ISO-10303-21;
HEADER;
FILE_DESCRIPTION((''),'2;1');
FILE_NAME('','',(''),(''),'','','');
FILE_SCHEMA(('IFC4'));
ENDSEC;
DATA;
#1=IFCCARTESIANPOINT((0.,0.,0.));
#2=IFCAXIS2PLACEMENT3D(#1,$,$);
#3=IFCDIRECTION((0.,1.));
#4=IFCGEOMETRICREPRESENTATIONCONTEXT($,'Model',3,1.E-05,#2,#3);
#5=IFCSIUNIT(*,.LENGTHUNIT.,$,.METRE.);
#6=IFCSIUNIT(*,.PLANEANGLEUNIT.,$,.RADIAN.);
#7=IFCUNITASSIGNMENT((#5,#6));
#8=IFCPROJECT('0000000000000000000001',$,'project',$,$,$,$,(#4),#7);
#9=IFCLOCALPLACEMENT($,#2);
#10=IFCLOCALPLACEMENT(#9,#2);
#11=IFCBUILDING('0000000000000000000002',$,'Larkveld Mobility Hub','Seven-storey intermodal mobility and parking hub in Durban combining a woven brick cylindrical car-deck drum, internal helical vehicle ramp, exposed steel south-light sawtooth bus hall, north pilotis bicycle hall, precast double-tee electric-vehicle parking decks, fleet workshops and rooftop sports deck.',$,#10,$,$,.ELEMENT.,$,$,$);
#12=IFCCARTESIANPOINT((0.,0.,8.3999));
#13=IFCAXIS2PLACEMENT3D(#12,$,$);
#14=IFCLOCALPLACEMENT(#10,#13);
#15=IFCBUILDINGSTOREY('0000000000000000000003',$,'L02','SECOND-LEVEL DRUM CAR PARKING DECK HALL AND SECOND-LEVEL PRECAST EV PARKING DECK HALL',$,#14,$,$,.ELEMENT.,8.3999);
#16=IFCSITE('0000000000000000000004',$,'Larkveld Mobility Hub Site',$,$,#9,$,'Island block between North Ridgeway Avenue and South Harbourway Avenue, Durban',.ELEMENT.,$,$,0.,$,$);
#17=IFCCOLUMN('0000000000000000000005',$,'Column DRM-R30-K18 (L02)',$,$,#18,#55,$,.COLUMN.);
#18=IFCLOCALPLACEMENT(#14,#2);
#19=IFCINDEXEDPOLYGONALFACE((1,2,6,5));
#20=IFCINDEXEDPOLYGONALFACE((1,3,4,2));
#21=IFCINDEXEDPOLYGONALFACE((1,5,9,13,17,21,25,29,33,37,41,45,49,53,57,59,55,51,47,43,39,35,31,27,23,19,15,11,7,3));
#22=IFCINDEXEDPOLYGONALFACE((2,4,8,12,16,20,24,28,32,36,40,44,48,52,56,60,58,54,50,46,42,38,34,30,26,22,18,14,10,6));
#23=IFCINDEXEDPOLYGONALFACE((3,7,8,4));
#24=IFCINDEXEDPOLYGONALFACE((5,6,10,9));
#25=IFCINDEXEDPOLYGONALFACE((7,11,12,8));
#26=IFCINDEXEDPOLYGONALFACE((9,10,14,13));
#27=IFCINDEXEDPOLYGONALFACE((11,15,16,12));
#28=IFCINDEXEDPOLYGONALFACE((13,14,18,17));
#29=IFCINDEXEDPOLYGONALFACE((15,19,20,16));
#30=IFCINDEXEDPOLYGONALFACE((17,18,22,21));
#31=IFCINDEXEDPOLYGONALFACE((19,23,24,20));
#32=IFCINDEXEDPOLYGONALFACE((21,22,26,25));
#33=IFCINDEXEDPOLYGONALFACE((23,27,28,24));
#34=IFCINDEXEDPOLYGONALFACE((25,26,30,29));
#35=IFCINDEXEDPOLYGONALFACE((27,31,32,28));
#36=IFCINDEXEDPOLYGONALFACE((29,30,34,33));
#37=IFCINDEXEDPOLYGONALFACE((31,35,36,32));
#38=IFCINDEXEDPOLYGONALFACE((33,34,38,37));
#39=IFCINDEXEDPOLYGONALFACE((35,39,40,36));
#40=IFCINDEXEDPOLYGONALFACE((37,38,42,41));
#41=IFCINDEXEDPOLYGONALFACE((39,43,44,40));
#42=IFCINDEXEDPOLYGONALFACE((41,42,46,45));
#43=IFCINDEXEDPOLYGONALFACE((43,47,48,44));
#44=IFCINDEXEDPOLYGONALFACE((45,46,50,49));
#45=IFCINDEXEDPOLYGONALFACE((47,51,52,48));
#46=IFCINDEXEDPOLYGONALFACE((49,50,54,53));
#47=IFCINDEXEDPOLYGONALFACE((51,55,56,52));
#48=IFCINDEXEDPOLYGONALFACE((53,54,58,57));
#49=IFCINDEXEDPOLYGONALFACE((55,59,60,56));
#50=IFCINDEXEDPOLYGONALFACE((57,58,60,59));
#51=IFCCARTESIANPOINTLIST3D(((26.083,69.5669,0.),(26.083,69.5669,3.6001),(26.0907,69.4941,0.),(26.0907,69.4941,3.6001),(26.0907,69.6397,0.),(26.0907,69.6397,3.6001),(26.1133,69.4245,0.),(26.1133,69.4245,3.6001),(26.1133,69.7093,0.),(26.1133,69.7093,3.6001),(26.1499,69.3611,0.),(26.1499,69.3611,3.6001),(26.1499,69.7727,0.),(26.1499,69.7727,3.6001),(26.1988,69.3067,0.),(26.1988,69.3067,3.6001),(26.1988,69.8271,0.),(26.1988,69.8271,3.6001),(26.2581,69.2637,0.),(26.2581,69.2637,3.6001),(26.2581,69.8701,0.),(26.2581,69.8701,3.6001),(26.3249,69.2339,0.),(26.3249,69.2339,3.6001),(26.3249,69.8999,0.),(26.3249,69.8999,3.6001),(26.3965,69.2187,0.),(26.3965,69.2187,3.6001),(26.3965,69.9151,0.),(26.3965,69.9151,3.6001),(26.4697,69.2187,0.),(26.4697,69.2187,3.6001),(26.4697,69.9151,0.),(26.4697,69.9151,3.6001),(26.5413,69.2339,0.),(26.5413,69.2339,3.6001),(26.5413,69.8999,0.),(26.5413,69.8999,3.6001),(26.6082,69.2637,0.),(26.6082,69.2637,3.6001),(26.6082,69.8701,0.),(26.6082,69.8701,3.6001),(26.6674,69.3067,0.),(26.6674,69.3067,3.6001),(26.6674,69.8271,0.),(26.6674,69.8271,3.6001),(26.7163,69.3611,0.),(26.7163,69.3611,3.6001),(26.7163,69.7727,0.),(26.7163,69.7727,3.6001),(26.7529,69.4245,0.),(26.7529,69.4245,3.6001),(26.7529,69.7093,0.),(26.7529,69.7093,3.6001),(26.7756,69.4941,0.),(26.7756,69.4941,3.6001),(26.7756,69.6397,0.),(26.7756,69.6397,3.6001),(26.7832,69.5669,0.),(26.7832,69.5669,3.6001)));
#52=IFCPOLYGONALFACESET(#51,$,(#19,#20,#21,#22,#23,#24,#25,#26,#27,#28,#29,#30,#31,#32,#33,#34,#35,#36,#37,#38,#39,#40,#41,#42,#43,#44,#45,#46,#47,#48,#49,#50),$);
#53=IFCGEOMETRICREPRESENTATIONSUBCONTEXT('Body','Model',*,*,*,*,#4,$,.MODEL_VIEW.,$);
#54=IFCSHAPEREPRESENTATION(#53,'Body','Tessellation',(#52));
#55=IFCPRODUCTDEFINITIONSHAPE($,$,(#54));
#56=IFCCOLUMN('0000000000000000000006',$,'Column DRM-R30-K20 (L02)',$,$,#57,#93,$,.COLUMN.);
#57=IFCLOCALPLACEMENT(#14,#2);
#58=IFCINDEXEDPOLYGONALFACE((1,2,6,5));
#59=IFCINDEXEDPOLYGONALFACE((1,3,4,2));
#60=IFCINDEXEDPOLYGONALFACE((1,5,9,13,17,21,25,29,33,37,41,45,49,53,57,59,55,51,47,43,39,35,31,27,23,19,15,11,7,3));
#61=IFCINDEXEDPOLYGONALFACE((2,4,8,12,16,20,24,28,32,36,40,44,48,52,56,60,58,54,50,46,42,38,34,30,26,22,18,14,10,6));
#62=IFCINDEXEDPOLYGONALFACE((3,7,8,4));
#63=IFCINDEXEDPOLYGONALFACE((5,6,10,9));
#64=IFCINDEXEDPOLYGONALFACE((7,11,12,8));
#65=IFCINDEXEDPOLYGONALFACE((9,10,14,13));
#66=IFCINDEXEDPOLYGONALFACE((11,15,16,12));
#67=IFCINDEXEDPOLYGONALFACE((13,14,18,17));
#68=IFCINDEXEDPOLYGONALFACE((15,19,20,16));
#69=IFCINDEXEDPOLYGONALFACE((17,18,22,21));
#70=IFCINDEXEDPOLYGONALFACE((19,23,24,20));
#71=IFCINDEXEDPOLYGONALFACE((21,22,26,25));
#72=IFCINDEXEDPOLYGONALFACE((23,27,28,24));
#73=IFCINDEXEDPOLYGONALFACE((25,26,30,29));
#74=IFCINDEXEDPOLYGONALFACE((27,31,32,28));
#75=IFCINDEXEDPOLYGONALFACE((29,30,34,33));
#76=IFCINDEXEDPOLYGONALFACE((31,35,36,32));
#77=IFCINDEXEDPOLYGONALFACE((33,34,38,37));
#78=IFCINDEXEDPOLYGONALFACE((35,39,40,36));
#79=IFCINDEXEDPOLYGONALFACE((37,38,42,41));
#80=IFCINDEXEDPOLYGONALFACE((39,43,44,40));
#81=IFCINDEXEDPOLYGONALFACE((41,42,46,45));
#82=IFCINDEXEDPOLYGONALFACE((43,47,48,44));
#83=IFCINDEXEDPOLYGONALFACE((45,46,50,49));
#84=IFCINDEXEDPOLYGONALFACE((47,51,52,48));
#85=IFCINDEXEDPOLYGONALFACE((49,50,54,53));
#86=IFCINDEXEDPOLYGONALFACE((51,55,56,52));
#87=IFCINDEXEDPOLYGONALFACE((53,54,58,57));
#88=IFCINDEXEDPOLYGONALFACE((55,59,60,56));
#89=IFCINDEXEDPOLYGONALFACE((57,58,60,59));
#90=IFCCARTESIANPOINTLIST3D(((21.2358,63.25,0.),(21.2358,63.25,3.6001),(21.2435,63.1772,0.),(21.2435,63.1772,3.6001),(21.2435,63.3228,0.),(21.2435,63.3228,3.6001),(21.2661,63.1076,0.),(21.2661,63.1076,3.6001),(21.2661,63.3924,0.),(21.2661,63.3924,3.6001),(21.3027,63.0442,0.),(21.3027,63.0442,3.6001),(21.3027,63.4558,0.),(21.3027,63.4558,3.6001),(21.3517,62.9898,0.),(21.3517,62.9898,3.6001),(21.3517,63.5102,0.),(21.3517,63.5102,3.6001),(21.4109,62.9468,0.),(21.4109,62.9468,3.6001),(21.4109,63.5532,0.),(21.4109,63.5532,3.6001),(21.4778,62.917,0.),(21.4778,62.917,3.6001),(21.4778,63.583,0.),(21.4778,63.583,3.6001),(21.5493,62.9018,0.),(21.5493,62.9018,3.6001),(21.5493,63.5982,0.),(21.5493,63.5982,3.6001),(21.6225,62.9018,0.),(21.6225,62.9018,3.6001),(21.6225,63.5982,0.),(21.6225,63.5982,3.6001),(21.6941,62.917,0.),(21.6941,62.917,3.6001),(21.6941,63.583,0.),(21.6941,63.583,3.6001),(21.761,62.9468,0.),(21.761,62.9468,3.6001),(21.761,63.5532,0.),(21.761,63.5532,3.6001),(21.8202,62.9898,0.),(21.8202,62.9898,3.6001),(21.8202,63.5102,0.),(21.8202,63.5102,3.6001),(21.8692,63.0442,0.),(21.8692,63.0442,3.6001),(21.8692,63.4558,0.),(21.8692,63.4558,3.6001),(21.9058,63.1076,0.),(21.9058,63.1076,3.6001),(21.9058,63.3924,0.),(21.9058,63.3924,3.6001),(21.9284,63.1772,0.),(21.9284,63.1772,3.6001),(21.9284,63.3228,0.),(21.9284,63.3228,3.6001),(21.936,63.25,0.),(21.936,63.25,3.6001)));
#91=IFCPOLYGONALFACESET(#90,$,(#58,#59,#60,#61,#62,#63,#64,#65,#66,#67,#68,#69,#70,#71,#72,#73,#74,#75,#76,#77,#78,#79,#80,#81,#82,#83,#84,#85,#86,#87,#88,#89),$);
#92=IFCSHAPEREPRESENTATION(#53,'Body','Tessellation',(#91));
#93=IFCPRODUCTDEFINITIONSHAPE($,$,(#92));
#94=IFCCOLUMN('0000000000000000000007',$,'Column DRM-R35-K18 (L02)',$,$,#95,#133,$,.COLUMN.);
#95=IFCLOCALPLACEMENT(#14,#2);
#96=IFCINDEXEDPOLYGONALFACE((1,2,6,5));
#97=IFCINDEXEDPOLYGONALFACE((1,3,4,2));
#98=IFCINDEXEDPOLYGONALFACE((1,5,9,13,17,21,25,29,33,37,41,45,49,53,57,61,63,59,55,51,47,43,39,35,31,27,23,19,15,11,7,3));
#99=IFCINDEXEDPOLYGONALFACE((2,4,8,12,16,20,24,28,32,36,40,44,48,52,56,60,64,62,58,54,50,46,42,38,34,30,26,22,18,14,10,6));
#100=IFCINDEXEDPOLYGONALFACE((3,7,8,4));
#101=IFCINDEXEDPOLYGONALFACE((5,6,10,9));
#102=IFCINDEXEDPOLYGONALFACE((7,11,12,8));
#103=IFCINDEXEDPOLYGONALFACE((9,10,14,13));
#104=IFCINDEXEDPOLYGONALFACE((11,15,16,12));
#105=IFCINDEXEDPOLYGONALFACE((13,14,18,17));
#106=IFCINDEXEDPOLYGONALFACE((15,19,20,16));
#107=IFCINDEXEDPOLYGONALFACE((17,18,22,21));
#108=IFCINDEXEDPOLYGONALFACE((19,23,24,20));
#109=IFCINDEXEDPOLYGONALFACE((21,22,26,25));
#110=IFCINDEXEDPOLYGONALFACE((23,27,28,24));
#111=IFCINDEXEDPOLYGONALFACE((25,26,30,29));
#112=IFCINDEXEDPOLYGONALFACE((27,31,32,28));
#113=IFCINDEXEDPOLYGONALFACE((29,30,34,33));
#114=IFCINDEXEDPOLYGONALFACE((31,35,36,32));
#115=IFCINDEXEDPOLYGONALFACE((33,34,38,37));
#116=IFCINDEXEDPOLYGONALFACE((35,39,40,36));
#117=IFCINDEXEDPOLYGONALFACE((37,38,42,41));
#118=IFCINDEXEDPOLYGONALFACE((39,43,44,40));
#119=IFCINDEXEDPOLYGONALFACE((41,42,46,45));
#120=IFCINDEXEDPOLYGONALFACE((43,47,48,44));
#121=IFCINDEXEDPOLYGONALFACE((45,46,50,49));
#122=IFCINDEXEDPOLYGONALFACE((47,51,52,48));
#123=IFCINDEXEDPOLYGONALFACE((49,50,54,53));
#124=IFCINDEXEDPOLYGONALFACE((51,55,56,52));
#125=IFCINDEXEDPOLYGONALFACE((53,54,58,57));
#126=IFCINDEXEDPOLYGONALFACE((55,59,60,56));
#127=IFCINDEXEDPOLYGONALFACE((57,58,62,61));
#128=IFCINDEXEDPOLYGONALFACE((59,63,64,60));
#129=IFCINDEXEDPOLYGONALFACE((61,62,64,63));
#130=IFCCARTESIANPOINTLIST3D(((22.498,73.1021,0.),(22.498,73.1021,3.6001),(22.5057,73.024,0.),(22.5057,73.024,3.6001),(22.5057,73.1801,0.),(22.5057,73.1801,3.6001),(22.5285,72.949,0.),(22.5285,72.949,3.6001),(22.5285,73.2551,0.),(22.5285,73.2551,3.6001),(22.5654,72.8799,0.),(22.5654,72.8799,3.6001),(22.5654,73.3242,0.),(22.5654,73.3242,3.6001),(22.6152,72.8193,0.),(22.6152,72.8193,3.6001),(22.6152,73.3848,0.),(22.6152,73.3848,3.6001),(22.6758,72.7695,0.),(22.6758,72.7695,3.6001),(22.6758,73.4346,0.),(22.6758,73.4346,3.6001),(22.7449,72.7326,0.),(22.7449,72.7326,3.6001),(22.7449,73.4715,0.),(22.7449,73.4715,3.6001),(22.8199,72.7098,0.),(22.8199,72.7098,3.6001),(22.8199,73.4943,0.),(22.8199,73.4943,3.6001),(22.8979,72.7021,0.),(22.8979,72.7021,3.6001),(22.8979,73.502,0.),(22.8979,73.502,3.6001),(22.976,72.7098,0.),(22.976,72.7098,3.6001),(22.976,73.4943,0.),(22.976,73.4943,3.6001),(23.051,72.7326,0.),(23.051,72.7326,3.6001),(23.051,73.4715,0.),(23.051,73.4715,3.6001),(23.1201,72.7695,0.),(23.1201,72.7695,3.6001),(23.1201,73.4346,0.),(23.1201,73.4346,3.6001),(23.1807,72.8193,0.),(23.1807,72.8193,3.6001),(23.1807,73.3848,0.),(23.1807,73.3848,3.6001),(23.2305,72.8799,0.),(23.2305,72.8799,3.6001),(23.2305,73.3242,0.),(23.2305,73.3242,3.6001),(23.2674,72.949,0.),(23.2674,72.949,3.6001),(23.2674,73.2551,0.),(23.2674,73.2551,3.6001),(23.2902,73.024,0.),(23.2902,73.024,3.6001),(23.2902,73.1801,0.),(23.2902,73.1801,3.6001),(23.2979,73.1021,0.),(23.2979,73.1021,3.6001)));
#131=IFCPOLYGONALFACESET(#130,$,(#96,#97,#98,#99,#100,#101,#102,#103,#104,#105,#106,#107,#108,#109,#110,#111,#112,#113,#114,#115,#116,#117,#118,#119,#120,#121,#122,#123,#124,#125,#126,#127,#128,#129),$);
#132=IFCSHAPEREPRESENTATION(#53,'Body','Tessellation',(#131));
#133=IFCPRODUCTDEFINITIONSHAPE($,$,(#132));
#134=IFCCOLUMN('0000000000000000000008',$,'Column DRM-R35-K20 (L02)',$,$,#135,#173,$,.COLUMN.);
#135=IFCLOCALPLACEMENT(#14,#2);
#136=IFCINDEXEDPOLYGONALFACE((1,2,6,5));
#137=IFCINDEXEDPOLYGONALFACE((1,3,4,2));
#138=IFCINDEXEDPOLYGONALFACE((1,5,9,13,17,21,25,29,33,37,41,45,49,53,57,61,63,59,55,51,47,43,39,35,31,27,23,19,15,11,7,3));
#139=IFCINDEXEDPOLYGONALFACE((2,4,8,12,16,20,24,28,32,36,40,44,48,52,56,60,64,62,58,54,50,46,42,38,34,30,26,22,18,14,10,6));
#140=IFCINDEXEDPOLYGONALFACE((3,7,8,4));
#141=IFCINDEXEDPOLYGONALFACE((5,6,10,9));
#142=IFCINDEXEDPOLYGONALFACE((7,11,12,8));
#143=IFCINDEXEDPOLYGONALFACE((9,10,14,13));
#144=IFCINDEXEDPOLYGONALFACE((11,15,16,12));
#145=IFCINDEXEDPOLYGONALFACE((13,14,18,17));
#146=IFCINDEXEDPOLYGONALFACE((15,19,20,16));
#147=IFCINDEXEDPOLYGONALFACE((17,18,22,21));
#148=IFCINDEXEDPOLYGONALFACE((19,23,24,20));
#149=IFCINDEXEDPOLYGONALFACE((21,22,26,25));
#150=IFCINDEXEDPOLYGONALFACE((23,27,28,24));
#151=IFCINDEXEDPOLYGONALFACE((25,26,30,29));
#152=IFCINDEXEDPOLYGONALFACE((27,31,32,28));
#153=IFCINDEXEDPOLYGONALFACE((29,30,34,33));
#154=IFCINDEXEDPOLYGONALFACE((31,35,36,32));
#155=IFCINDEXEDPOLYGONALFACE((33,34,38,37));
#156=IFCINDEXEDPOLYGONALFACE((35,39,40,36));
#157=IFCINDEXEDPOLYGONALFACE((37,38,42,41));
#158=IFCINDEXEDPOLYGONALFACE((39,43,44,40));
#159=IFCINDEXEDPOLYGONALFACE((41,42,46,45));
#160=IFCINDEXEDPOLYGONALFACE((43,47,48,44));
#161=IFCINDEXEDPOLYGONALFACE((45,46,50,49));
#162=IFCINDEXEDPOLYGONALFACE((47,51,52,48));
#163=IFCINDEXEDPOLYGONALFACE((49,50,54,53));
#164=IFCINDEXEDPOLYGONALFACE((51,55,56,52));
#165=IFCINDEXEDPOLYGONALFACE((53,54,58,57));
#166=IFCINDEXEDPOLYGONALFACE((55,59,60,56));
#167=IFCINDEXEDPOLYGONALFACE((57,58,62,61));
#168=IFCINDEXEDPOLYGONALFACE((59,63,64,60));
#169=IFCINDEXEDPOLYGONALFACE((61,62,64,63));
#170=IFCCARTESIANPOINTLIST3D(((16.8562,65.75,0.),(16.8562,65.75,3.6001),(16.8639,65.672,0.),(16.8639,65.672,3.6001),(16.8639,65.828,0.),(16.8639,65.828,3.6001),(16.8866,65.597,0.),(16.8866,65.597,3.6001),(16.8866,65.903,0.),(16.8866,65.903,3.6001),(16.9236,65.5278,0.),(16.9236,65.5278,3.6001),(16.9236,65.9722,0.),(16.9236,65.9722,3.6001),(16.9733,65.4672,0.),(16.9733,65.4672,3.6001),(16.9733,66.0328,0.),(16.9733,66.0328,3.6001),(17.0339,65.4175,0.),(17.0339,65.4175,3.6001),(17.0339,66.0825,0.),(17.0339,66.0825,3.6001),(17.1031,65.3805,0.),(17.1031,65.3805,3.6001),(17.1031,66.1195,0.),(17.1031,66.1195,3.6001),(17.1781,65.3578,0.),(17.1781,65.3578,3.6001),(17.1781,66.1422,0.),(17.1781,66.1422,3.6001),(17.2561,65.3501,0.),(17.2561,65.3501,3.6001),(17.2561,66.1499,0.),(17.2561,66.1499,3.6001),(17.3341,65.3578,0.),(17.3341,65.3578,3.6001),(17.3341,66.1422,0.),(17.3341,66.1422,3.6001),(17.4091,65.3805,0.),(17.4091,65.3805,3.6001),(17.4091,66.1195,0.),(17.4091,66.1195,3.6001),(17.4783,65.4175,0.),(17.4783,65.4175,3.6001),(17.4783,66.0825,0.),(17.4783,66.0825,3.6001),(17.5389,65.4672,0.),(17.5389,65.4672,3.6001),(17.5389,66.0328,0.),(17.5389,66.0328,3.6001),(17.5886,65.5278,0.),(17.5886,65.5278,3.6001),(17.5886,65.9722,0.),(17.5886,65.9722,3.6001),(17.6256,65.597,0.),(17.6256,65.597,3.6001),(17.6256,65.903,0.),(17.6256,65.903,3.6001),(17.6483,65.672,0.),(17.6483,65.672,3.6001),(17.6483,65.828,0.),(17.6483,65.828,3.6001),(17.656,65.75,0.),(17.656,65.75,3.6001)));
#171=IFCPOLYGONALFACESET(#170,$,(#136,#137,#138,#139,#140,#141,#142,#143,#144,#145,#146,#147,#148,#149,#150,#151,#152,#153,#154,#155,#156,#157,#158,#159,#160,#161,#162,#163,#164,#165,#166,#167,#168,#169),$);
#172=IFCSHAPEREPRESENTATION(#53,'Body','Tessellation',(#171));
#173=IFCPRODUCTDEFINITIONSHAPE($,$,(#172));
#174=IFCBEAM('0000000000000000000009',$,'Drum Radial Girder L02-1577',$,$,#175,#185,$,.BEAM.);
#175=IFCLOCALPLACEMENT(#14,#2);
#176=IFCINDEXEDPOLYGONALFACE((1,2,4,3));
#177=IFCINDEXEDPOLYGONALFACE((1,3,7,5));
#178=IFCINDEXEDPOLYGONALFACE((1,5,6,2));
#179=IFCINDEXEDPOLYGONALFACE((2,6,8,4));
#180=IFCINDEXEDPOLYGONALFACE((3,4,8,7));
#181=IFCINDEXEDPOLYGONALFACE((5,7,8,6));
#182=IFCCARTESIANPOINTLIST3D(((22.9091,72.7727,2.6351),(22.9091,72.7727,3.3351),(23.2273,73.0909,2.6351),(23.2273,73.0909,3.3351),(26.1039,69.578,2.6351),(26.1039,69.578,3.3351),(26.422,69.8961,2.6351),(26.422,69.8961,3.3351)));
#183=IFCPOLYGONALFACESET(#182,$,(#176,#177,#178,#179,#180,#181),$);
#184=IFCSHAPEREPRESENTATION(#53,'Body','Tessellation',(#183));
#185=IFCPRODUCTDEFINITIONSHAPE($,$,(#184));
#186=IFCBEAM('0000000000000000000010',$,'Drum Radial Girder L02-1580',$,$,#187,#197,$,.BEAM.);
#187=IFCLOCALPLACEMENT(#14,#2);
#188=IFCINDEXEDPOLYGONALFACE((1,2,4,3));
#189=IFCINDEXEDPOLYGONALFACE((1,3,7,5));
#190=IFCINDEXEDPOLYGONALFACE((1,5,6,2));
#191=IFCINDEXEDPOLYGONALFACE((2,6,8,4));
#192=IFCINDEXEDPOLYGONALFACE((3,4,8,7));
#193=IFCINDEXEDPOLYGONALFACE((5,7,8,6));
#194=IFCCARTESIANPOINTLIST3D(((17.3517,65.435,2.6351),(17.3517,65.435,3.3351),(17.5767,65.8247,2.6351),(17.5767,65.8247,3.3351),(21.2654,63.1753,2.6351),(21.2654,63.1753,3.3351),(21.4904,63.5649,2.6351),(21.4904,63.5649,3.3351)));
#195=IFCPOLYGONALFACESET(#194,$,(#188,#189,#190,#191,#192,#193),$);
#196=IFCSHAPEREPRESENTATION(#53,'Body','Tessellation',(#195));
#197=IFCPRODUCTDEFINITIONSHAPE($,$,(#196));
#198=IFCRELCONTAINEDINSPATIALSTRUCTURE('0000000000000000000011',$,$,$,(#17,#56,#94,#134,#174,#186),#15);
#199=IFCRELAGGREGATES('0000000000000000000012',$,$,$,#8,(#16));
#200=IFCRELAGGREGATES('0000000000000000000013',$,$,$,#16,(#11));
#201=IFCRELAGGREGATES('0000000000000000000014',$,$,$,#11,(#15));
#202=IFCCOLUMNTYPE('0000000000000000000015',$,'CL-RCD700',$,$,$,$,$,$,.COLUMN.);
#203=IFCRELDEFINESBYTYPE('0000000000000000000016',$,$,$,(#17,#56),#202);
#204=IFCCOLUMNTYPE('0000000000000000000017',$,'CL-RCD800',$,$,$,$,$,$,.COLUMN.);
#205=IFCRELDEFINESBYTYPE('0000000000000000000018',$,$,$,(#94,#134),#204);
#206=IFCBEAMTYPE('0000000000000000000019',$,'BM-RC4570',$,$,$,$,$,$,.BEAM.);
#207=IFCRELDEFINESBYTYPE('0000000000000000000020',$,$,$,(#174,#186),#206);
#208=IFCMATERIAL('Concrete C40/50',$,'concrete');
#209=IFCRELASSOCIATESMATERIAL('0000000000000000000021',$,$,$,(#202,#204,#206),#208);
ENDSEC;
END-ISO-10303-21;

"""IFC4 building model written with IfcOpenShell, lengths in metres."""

from ifc_helpers import new_model, si_unit, direction, frame, origin, origin_2d, place, context, subcontext, project, spatial, rectangle, circle, extrude, material, material_profile, profile_set, type_object, element, save


model = new_model("IFC4")

# Units and contexts
model_context = context("Model", 3, precision=1e-05, world=origin(), true_north=direction((0.0, 1.0)))
body_context = subcontext(model_context, "Body", "Model", "MODEL_VIEW")
ifc_project = project(units=[si_unit("LENGTHUNIT", "METRE"), si_unit("PLANEANGLEUNIT", "RADIAN")], contexts=[model_context])

# Site, building, storey
site_placement = place(None, origin())
site = spatial("IfcSite", under=ifc_project, at=site_placement, Name="Larkveld Mobility Hub Site", LongName="Island block between North Ridgeway Avenue and South Harbourway Avenue, Durban", CompositionType="ELEMENT", RefElevation=0.0)
building_placement = place(site_placement, origin())
building = spatial("IfcBuilding", under=site, at=building_placement, Name="Larkveld Mobility Hub", Description="Seven-storey intermodal mobility and parking hub in Durban combining a woven brick cylindrical car-deck drum, internal helical vehicle ramp, exposed steel south-light sawtooth bus hall, north pilotis bicycle hall, precast double-tee electric-vehicle parking decks, fleet workshops and rooftop sports deck.", CompositionType="ELEMENT")
storey_placement = place(building_placement, frame((0.0, 0.0, 8.3999)))
storey = spatial("IfcBuildingStorey", under=building, at=storey_placement, Name="L02", Description="SECOND-LEVEL DRUM CAR PARKING DECK HALL AND SECOND-LEVEL PRECAST EV PARKING DECK HALL", CompositionType="ELEMENT", Elevation=8.3999)

# Columns
ifc_material_1 = material(Name="Concrete C40/50", Category="concrete")
ifc_material_profile_1 = material_profile(ifc_material_1, circle(Radius=0.3501, at=origin_2d()), Name="RC COL D700")
ifc_profile_set_1 = profile_set([ifc_material_profile_1], Name="Concrete C40/50")
column_type_1 = type_object("IfcColumnType", Name="CL-RCD700", PredefinedType="COLUMN", material=ifc_profile_set_1)
for number, where, z_axis, x_axis, name in (
    (1, (26.4331, 69.5669, 0.0), (0.0, 0.0, 1.0), (1.0, 0.0, 0.0), "Column DRM-R30-K18 (L02)"),
    (2, (21.5859, 63.25, 0.0), (0.0, 0.0, 1.0), (1.0, 0.0, 0.0), "Column DRM-R30-K20 (L02)"),
):
    element("IfcColumn", number, at=place(storey_placement, frame(where, z_axis=z_axis, x_axis=x_axis)), inside=storey, type_object=column_type_1, Name=name, PredefinedType="COLUMN", context=body_context, shape_type="SweptSolid", body=[
        extrude(circle(Radius=0.3501, at=origin_2d()), origin(), (0.0, 0.0, 1.0), 3.6001),
    ])
ifc_material_profile_2 = material_profile(ifc_material_1, circle(Radius=0.3999, at=origin_2d()), Name="RC COL D800")
ifc_profile_set_2 = profile_set([ifc_material_profile_2], Name="Concrete C40/50")
column_type_2 = type_object("IfcColumnType", Name="CL-RCD800", PredefinedType="COLUMN", material=ifc_profile_set_2)
for number, where, z_axis, x_axis, name in (
    (3, (22.8979, 73.1021, 0.0), (0.0, 0.0, 1.0), (1.0, 0.0, 0.0), "Column DRM-R35-K18 (L02)"),
    (4, (17.2561, 65.75, 0.0), (0.0, 0.0, 1.0), (1.0, 0.0, 0.0), "Column DRM-R35-K20 (L02)"),
):
    element("IfcColumn", number, at=place(storey_placement, frame(where, z_axis=z_axis, x_axis=x_axis)), inside=storey, type_object=column_type_2, Name=name, PredefinedType="COLUMN", context=body_context, shape_type="SweptSolid", body=[
        extrude(circle(Radius=0.3999, at=origin_2d()), origin(), (0.0, 0.0, 1.0), 3.6001),
    ])

# Beams
ifc_material_profile_3 = material_profile(ifc_material_1, rectangle(XDim=0.45, YDim=0.7, at=origin_2d()), Name="RC BM 450x700")
ifc_profile_set_3 = profile_set([ifc_material_profile_3], Name="Concrete C40/50")
beam_type_1 = type_object("IfcBeamType", Name="BM-RC4570", PredefinedType="BEAM", material=ifc_profile_set_3)
beam_1_placement = place(storey_placement, frame((26.2629, 69.7371, 2.9851), z_axis=(-0.707107, 0.707107, 0.0), x_axis=(-0.707107, -0.707107, 0.0)))
element("IfcBeam", 5, at=beam_1_placement, inside=storey, type_object=beam_type_1, Name="Drum Radial Girder L02-1577", PredefinedType="BEAM", context=body_context, shape_type="SweptSolid", body=[
    extrude(rectangle(XDim=0.45, YDim=0.7, at=origin_2d()), origin(), (0.0, 0.0, 1.0), 4.5181),
])
beam_2_placement = place(storey_placement, frame((21.3779, 63.3701, 2.9851), z_axis=(-0.866014, 0.50002, 0.0), x_axis=(-0.50002, -0.866014, 0.0)))
element("IfcBeam", 6, at=beam_2_placement, inside=storey, type_object=beam_type_1, Name="Drum Radial Girder L02-1580", PredefinedType="BEAM", context=body_context, shape_type="SweptSolid", body=[
    extrude(rectangle(XDim=0.45, YDim=0.7, at=origin_2d()), origin(), (0.0, 0.0, 1.0), 4.5193),
])

save(model, "model.ifc")
